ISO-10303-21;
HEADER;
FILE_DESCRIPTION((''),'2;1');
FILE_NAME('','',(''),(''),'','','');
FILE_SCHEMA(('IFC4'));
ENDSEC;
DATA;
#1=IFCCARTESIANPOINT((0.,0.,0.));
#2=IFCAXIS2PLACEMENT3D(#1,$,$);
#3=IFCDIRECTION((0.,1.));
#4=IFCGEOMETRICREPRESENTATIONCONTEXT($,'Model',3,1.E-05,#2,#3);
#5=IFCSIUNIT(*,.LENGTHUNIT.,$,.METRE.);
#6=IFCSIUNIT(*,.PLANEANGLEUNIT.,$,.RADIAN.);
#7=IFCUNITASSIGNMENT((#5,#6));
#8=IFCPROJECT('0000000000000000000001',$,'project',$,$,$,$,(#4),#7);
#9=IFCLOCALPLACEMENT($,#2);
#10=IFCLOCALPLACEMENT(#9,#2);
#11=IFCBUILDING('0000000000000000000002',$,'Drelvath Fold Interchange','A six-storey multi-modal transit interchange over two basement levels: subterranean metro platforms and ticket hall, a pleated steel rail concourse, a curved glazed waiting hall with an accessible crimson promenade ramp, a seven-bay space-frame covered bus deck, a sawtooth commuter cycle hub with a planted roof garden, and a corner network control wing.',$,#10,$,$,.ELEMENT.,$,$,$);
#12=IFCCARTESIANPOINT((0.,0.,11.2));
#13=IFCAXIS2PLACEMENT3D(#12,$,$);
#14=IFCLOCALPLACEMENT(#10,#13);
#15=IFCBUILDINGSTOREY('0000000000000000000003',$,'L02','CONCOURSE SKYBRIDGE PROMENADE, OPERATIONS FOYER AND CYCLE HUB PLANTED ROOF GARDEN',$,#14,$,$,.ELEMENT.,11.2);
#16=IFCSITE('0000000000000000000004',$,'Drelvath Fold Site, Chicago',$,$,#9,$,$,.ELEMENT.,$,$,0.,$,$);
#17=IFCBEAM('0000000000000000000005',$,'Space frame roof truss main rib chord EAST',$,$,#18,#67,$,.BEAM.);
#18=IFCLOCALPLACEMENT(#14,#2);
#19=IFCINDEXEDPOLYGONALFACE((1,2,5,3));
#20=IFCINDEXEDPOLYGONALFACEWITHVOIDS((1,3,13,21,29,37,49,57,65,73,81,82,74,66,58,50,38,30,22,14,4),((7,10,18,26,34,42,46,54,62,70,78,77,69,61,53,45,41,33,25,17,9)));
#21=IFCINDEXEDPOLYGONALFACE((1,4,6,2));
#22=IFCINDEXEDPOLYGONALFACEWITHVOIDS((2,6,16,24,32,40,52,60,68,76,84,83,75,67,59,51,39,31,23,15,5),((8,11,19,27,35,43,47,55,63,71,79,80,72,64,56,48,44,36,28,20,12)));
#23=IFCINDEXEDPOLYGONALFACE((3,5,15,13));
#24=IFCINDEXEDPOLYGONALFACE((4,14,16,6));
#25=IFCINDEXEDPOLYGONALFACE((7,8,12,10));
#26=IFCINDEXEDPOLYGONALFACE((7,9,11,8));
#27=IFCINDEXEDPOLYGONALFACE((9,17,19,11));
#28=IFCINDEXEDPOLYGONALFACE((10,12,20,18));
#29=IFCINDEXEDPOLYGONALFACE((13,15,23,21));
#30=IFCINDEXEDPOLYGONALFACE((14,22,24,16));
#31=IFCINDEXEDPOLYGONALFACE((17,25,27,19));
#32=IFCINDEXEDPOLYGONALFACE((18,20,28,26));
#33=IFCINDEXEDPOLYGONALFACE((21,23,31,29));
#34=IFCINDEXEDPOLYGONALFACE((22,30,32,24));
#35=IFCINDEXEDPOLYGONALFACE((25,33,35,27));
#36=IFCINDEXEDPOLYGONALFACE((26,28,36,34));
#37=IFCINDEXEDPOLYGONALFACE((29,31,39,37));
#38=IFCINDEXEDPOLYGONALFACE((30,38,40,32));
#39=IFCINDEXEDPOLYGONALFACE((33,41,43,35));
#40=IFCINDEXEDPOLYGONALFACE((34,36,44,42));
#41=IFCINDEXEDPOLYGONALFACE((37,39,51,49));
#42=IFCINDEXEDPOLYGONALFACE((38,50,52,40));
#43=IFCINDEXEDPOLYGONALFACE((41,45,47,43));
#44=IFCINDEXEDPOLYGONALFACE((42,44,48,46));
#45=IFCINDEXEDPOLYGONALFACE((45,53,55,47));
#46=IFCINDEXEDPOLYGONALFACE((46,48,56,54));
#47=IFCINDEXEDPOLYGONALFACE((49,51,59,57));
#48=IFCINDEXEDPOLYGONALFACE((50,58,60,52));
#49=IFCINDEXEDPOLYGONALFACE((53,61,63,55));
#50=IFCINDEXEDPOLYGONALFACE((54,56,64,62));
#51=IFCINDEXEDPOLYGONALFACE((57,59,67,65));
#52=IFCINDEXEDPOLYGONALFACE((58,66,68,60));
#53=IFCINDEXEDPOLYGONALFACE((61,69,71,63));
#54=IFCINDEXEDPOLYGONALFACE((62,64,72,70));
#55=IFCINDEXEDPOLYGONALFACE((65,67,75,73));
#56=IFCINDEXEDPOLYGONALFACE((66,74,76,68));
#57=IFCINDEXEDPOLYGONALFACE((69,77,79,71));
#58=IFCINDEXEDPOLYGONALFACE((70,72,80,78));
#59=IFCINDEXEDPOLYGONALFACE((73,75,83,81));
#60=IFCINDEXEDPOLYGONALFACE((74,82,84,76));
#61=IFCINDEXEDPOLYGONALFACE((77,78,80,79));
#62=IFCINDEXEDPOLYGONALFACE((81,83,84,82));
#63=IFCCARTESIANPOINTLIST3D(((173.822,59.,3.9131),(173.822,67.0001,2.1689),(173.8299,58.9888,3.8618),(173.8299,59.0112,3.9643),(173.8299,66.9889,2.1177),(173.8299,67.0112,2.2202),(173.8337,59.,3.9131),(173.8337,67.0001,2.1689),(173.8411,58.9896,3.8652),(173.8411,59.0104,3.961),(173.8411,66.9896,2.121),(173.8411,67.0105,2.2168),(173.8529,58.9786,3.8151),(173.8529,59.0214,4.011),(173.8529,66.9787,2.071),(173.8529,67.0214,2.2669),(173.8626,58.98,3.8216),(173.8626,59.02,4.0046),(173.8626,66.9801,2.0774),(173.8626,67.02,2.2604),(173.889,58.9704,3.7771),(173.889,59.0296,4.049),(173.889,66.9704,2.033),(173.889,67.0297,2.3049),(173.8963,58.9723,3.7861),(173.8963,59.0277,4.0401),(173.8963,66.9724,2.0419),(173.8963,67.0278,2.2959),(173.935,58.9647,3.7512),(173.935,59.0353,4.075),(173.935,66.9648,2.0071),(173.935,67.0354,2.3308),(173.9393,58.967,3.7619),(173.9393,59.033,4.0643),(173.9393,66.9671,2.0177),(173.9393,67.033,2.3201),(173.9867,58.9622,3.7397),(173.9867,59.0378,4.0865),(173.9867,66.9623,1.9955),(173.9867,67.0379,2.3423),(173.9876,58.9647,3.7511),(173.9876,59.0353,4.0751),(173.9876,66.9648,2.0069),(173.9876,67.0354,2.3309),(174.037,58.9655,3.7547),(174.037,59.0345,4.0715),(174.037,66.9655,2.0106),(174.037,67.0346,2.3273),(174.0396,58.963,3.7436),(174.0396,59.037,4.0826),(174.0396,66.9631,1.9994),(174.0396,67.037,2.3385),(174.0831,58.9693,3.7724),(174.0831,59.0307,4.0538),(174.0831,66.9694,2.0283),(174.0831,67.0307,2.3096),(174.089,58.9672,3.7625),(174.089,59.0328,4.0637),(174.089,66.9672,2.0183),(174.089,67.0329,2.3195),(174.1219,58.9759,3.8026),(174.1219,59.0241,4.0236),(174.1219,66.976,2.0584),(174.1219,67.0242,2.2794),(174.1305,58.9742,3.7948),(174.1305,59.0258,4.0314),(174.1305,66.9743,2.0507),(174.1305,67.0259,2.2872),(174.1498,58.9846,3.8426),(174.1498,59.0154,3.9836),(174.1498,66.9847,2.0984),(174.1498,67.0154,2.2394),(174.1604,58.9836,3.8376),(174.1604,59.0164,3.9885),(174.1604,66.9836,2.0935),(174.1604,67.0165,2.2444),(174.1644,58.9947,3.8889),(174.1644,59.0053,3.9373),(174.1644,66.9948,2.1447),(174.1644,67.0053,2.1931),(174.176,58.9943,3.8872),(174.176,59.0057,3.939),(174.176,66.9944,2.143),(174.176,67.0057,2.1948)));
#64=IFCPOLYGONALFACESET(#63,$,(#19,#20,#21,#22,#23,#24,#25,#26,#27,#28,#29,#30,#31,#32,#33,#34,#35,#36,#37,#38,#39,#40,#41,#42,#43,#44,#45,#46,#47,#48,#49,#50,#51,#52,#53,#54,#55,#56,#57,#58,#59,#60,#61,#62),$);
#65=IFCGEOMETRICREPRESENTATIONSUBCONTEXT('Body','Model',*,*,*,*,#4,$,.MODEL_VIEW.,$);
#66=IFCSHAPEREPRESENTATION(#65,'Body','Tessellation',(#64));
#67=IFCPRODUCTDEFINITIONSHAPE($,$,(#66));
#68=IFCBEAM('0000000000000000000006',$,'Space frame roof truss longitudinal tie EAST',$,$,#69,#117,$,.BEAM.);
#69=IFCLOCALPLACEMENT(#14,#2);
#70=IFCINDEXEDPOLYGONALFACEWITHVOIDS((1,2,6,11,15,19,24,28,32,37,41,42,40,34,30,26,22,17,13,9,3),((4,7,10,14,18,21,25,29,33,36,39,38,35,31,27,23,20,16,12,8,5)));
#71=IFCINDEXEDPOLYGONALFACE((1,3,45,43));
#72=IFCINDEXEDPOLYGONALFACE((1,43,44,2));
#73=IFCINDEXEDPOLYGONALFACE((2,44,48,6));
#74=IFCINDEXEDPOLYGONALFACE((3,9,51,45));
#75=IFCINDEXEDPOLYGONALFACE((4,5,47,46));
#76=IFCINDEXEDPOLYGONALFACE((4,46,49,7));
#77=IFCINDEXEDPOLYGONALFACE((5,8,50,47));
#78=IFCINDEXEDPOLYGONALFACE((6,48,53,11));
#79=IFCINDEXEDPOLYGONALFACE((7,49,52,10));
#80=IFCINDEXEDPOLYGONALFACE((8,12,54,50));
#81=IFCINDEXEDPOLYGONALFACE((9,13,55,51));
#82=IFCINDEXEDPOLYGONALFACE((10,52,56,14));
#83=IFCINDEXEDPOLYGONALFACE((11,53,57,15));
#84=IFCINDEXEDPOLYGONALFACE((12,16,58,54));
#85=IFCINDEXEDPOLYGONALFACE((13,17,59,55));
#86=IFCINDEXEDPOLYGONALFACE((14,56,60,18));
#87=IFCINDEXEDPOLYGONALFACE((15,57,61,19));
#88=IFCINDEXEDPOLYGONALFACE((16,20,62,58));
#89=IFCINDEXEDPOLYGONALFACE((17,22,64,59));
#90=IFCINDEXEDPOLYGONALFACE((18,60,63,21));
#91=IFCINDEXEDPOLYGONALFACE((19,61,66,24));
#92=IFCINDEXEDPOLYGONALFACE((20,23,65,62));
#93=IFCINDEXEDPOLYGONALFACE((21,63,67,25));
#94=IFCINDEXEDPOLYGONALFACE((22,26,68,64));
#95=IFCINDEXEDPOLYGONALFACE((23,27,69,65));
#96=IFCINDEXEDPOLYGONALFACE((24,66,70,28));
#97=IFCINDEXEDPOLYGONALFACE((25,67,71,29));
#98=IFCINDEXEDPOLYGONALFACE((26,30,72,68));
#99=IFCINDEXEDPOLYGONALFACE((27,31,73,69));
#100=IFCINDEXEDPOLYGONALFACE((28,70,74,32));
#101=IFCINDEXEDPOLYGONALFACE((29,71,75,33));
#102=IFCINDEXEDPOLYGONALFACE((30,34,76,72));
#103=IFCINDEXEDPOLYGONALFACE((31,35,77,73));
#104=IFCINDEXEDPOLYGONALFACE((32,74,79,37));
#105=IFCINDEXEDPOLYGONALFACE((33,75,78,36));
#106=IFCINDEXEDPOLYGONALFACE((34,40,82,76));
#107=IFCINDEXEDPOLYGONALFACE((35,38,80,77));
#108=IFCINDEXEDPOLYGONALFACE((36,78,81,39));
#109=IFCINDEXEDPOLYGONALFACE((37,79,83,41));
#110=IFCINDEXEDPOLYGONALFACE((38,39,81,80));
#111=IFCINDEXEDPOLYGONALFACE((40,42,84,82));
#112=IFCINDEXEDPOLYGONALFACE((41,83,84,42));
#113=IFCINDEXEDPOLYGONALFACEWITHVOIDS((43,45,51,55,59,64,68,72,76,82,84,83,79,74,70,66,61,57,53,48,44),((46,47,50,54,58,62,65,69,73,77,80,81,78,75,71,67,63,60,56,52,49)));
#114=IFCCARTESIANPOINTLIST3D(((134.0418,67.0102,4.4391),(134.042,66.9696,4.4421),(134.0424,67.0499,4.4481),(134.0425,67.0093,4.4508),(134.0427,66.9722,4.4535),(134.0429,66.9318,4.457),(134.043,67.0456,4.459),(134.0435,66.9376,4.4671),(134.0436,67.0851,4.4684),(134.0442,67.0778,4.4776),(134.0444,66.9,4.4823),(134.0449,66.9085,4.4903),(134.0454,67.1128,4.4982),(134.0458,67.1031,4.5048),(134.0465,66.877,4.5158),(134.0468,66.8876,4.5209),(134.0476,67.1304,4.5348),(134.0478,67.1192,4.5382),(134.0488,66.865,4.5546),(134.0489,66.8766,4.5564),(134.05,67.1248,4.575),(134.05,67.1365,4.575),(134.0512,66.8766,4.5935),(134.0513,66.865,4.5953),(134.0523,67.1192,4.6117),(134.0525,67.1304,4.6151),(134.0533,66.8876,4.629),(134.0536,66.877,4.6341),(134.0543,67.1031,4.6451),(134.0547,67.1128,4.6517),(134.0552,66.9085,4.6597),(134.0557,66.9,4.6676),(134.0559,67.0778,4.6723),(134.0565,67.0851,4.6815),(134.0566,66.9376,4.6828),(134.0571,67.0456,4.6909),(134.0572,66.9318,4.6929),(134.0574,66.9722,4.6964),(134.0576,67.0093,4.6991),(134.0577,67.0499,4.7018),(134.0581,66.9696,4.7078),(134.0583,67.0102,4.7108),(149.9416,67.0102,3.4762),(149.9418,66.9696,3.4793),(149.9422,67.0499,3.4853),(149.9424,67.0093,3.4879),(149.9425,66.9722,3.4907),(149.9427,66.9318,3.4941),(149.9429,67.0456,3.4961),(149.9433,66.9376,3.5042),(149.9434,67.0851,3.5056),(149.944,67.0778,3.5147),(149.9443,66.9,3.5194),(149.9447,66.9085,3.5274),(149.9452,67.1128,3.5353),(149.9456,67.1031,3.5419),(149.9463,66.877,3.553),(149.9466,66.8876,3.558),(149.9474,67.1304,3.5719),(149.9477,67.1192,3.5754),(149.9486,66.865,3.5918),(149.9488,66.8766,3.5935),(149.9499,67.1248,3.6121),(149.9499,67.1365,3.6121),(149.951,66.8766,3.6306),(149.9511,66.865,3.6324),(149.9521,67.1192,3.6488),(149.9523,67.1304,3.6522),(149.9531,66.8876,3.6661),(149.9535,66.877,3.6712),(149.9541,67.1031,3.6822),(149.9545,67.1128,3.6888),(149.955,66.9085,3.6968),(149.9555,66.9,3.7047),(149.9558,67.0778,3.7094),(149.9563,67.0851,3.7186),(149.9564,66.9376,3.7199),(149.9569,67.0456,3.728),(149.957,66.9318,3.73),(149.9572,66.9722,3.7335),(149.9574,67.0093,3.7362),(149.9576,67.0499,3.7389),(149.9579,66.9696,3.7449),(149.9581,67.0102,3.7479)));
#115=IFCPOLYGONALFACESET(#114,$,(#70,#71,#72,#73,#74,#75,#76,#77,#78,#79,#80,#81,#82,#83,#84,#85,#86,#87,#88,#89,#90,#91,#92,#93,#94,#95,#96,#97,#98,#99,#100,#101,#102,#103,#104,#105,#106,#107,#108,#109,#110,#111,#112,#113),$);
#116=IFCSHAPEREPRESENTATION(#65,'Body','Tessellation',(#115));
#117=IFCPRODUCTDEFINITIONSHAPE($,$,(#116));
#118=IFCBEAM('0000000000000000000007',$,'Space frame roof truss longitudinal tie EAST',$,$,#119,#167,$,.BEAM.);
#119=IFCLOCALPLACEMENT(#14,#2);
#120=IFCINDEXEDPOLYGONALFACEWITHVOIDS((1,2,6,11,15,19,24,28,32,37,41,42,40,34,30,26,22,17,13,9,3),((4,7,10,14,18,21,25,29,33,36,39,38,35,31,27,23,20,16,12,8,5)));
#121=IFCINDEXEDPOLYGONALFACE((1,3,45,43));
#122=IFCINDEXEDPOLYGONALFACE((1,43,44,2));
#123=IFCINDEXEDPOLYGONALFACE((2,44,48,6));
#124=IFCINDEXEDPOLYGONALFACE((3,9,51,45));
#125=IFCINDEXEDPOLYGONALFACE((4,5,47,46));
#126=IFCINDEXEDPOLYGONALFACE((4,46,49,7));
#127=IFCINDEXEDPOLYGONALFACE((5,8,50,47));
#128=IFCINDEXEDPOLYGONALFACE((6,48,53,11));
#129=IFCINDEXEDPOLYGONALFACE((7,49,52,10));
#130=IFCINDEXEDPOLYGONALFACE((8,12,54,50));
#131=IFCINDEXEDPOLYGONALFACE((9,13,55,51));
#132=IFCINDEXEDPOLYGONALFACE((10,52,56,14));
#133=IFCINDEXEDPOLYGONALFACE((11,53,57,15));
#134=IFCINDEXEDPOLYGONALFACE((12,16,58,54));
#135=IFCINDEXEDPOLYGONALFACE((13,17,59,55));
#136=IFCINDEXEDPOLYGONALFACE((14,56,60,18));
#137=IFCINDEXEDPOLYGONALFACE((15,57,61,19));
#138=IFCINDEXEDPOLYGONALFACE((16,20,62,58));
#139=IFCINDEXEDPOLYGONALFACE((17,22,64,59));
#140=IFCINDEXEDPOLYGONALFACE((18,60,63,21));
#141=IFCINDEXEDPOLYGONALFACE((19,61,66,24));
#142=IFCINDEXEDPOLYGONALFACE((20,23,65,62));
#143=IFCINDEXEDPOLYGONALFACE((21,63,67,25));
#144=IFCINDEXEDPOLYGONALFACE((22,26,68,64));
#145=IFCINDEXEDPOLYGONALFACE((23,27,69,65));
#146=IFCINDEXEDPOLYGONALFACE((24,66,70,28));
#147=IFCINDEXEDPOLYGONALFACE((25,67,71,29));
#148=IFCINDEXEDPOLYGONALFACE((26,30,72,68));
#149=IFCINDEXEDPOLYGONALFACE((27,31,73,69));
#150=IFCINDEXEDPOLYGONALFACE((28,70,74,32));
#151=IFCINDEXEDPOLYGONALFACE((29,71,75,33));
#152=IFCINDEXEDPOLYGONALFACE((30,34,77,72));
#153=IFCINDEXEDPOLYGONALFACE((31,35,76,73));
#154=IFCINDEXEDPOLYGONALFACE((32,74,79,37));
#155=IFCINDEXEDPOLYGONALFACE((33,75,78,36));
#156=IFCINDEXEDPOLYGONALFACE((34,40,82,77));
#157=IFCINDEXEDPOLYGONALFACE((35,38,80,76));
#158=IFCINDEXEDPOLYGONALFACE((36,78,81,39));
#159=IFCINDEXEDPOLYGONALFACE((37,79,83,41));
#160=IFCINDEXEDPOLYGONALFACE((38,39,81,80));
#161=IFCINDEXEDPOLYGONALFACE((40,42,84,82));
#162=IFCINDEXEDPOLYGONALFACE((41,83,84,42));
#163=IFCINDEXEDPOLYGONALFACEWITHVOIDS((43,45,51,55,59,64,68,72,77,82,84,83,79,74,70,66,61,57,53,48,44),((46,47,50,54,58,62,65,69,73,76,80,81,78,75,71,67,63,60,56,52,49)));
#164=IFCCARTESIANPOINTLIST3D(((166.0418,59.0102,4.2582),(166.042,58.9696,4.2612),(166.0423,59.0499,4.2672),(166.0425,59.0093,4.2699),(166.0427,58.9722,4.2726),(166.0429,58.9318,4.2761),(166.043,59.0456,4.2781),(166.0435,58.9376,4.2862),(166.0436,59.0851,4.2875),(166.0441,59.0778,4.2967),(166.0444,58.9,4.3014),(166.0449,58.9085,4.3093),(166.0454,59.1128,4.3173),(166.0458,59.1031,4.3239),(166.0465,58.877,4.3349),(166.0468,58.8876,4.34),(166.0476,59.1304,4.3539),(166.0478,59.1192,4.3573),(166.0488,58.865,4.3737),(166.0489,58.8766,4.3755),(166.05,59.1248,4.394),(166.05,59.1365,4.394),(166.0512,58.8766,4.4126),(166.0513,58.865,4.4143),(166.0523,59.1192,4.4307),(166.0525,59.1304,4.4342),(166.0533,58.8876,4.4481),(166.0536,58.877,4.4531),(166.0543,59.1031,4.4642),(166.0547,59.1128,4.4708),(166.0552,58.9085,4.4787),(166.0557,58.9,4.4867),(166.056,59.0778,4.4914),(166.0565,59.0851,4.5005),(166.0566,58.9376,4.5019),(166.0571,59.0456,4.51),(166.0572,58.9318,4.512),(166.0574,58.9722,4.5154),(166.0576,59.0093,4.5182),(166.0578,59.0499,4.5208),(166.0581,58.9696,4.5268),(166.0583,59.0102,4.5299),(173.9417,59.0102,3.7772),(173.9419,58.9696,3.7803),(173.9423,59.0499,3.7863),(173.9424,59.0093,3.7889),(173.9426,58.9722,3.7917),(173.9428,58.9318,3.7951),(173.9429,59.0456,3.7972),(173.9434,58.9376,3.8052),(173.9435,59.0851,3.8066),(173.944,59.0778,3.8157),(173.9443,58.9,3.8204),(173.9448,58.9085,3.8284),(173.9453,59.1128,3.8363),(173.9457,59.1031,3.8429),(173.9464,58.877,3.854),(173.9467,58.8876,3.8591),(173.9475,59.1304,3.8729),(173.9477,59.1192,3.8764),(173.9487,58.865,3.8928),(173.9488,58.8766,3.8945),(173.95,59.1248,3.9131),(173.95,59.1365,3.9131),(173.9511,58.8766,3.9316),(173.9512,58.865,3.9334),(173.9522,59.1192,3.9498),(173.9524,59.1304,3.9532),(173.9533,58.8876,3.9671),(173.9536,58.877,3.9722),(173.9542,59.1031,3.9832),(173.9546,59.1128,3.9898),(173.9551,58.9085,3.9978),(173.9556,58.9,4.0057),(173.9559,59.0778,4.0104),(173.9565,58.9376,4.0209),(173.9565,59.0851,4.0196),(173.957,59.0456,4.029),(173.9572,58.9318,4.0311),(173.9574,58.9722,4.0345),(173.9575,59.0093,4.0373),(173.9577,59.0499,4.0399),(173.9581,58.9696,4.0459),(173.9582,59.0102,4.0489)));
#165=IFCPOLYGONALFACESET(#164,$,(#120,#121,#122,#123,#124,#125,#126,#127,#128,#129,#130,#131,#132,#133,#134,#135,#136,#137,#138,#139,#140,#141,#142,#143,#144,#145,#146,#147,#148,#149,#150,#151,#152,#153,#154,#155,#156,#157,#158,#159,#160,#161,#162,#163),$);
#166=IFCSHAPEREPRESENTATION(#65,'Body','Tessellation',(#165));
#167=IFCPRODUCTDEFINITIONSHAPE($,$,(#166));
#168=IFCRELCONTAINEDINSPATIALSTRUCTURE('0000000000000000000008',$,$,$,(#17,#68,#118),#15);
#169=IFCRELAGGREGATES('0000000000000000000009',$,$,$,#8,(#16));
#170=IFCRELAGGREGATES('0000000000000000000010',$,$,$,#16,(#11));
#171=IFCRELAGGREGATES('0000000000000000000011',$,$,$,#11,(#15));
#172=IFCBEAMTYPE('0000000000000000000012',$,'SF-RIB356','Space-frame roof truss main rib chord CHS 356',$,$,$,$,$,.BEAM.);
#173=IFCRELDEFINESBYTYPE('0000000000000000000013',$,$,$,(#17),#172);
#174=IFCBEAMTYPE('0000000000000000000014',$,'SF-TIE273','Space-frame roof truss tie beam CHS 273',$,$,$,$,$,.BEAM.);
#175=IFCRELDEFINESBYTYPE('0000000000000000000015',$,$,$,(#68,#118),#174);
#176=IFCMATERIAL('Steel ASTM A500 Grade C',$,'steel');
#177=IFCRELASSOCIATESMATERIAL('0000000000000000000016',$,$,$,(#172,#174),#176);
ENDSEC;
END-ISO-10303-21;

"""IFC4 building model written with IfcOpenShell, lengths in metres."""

from ifc_helpers import new_model, si_unit, direction, frame, origin, origin_2d, place, context, subcontext, project, spatial, hollow_circle, extrude, material, material_profile, profile_set, type_object, element, save


model = new_model("IFC4")

# Units and contexts
model_context = context("Model", 3, precision=1e-05, world=origin(), true_north=direction((0.0, 1.0)))
body_context = subcontext(model_context, "Body", "Model", "MODEL_VIEW")
ifc_project = project(units=[si_unit("LENGTHUNIT", "METRE"), si_unit("PLANEANGLEUNIT", "RADIAN")], contexts=[model_context])

# Site, building, storey
site_placement = place(None, origin())
site = spatial("IfcSite", under=ifc_project, at=site_placement, Name="Drelvath Fold Site, Chicago", CompositionType="ELEMENT", RefElevation=0.0)
building_placement = place(site_placement, origin())
building = spatial("IfcBuilding", under=site, at=building_placement, Name="Drelvath Fold Interchange", Description="A six-storey multi-modal transit interchange over two basement levels: subterranean metro platforms and ticket hall, a pleated steel rail concourse, a curved glazed waiting hall with an accessible crimson promenade ramp, a seven-bay space-frame covered bus deck, a sawtooth commuter cycle hub with a planted roof garden, and a corner network control wing.", CompositionType="ELEMENT")
storey_placement = place(building_placement, frame((0.0, 0.0, 11.2)))
storey = spatial("IfcBuildingStorey", under=building, at=storey_placement, Name="L02", Description="CONCOURSE SKYBRIDGE PROMENADE, OPERATIONS FOYER AND CYCLE HUB PLANTED ROOF GARDEN", CompositionType="ELEMENT", Elevation=11.2)

# Shared definitions
ifc_material_1 = material(Name="Steel ASTM A500 Grade C", Category="steel")

# Beams
ifc_material_profile_1 = material_profile(ifc_material_1, hollow_circle(Radius=0.178, WallThickness=0.0117, at=origin_2d()), Name="HSS14.000X0.500")
ifc_profile_set_1 = profile_set([ifc_material_profile_1], Name="Steel ASTM A500 Grade C")
beam_type_1 = type_object("IfcBeamType", Name="SF-RIB356", Description="Space-frame roof truss main rib chord CHS 356", PredefinedType="BEAM", material=ifc_profile_set_1)
for number, where, z_axis, x_axis, name in (
    (1, (174.0, 59.0, 3.9131), (0.0, 0.977049, -0.213014), (-1.0, 0.0, 0.0), "Space frame roof truss main rib chord EAST"),
):
    element("IfcBeam", number, at=place(storey_placement, frame(where, z_axis=z_axis, x_axis=x_axis)), inside=storey, type_object=beam_type_1, Name=name, PredefinedType="BEAM", context=body_context, shape_type="SweptSolid", body=[
        extrude(hollow_circle(Radius=0.178, WallThickness=0.0117, at=origin_2d()), origin(), (0.0, 0.0, 1.0), 8.188),
    ])
ifc_material_profile_2 = material_profile(ifc_material_1, hollow_circle(Radius=0.1365, WallThickness=0.0117, at=origin_2d()), Name="HSS10.750X0.500")
ifc_profile_set_2 = profile_set([ifc_material_profile_2], Name="Steel ASTM A500 Grade C")
beam_type_2 = type_object("IfcBeamType", Name="SF-TIE273", Description="Space-frame roof truss tie beam CHS 273", PredefinedType="BEAM", material=ifc_profile_set_2)
beam_1_placement = place(storey_placement, frame((134.05, 67.0, 4.575), z_axis=(0.998171, 0.0, -0.060449), x_axis=(0.0, 1.0, 0.0)))
element("IfcBeam", 2, at=beam_1_placement, inside=storey, type_object=beam_type_2, Name="Space frame roof truss longitudinal tie EAST", PredefinedType="BEAM", context=body_context, shape_type="SweptSolid", body=[
    extrude(hollow_circle(Radius=0.1365, WallThickness=0.0117, at=origin_2d()), origin(), (0.0, 0.0, 1.0), 15.929),
])
beam_2_placement = place(storey_placement, frame((166.05, 59.0, 4.394), z_axis=(0.998152, 0.0, -0.060769), x_axis=(0.0, 1.0, 0.0)))
element("IfcBeam", 3, at=beam_2_placement, inside=storey, type_object=beam_type_2, Name="Space frame roof truss longitudinal tie EAST", PredefinedType="BEAM", context=body_context, shape_type="SweptSolid", body=[
    extrude(hollow_circle(Radius=0.1365, WallThickness=0.0117, at=origin_2d()), origin(), (0.0, 0.0, 1.0), 7.9146),
])

save(model, "model.ifc")
